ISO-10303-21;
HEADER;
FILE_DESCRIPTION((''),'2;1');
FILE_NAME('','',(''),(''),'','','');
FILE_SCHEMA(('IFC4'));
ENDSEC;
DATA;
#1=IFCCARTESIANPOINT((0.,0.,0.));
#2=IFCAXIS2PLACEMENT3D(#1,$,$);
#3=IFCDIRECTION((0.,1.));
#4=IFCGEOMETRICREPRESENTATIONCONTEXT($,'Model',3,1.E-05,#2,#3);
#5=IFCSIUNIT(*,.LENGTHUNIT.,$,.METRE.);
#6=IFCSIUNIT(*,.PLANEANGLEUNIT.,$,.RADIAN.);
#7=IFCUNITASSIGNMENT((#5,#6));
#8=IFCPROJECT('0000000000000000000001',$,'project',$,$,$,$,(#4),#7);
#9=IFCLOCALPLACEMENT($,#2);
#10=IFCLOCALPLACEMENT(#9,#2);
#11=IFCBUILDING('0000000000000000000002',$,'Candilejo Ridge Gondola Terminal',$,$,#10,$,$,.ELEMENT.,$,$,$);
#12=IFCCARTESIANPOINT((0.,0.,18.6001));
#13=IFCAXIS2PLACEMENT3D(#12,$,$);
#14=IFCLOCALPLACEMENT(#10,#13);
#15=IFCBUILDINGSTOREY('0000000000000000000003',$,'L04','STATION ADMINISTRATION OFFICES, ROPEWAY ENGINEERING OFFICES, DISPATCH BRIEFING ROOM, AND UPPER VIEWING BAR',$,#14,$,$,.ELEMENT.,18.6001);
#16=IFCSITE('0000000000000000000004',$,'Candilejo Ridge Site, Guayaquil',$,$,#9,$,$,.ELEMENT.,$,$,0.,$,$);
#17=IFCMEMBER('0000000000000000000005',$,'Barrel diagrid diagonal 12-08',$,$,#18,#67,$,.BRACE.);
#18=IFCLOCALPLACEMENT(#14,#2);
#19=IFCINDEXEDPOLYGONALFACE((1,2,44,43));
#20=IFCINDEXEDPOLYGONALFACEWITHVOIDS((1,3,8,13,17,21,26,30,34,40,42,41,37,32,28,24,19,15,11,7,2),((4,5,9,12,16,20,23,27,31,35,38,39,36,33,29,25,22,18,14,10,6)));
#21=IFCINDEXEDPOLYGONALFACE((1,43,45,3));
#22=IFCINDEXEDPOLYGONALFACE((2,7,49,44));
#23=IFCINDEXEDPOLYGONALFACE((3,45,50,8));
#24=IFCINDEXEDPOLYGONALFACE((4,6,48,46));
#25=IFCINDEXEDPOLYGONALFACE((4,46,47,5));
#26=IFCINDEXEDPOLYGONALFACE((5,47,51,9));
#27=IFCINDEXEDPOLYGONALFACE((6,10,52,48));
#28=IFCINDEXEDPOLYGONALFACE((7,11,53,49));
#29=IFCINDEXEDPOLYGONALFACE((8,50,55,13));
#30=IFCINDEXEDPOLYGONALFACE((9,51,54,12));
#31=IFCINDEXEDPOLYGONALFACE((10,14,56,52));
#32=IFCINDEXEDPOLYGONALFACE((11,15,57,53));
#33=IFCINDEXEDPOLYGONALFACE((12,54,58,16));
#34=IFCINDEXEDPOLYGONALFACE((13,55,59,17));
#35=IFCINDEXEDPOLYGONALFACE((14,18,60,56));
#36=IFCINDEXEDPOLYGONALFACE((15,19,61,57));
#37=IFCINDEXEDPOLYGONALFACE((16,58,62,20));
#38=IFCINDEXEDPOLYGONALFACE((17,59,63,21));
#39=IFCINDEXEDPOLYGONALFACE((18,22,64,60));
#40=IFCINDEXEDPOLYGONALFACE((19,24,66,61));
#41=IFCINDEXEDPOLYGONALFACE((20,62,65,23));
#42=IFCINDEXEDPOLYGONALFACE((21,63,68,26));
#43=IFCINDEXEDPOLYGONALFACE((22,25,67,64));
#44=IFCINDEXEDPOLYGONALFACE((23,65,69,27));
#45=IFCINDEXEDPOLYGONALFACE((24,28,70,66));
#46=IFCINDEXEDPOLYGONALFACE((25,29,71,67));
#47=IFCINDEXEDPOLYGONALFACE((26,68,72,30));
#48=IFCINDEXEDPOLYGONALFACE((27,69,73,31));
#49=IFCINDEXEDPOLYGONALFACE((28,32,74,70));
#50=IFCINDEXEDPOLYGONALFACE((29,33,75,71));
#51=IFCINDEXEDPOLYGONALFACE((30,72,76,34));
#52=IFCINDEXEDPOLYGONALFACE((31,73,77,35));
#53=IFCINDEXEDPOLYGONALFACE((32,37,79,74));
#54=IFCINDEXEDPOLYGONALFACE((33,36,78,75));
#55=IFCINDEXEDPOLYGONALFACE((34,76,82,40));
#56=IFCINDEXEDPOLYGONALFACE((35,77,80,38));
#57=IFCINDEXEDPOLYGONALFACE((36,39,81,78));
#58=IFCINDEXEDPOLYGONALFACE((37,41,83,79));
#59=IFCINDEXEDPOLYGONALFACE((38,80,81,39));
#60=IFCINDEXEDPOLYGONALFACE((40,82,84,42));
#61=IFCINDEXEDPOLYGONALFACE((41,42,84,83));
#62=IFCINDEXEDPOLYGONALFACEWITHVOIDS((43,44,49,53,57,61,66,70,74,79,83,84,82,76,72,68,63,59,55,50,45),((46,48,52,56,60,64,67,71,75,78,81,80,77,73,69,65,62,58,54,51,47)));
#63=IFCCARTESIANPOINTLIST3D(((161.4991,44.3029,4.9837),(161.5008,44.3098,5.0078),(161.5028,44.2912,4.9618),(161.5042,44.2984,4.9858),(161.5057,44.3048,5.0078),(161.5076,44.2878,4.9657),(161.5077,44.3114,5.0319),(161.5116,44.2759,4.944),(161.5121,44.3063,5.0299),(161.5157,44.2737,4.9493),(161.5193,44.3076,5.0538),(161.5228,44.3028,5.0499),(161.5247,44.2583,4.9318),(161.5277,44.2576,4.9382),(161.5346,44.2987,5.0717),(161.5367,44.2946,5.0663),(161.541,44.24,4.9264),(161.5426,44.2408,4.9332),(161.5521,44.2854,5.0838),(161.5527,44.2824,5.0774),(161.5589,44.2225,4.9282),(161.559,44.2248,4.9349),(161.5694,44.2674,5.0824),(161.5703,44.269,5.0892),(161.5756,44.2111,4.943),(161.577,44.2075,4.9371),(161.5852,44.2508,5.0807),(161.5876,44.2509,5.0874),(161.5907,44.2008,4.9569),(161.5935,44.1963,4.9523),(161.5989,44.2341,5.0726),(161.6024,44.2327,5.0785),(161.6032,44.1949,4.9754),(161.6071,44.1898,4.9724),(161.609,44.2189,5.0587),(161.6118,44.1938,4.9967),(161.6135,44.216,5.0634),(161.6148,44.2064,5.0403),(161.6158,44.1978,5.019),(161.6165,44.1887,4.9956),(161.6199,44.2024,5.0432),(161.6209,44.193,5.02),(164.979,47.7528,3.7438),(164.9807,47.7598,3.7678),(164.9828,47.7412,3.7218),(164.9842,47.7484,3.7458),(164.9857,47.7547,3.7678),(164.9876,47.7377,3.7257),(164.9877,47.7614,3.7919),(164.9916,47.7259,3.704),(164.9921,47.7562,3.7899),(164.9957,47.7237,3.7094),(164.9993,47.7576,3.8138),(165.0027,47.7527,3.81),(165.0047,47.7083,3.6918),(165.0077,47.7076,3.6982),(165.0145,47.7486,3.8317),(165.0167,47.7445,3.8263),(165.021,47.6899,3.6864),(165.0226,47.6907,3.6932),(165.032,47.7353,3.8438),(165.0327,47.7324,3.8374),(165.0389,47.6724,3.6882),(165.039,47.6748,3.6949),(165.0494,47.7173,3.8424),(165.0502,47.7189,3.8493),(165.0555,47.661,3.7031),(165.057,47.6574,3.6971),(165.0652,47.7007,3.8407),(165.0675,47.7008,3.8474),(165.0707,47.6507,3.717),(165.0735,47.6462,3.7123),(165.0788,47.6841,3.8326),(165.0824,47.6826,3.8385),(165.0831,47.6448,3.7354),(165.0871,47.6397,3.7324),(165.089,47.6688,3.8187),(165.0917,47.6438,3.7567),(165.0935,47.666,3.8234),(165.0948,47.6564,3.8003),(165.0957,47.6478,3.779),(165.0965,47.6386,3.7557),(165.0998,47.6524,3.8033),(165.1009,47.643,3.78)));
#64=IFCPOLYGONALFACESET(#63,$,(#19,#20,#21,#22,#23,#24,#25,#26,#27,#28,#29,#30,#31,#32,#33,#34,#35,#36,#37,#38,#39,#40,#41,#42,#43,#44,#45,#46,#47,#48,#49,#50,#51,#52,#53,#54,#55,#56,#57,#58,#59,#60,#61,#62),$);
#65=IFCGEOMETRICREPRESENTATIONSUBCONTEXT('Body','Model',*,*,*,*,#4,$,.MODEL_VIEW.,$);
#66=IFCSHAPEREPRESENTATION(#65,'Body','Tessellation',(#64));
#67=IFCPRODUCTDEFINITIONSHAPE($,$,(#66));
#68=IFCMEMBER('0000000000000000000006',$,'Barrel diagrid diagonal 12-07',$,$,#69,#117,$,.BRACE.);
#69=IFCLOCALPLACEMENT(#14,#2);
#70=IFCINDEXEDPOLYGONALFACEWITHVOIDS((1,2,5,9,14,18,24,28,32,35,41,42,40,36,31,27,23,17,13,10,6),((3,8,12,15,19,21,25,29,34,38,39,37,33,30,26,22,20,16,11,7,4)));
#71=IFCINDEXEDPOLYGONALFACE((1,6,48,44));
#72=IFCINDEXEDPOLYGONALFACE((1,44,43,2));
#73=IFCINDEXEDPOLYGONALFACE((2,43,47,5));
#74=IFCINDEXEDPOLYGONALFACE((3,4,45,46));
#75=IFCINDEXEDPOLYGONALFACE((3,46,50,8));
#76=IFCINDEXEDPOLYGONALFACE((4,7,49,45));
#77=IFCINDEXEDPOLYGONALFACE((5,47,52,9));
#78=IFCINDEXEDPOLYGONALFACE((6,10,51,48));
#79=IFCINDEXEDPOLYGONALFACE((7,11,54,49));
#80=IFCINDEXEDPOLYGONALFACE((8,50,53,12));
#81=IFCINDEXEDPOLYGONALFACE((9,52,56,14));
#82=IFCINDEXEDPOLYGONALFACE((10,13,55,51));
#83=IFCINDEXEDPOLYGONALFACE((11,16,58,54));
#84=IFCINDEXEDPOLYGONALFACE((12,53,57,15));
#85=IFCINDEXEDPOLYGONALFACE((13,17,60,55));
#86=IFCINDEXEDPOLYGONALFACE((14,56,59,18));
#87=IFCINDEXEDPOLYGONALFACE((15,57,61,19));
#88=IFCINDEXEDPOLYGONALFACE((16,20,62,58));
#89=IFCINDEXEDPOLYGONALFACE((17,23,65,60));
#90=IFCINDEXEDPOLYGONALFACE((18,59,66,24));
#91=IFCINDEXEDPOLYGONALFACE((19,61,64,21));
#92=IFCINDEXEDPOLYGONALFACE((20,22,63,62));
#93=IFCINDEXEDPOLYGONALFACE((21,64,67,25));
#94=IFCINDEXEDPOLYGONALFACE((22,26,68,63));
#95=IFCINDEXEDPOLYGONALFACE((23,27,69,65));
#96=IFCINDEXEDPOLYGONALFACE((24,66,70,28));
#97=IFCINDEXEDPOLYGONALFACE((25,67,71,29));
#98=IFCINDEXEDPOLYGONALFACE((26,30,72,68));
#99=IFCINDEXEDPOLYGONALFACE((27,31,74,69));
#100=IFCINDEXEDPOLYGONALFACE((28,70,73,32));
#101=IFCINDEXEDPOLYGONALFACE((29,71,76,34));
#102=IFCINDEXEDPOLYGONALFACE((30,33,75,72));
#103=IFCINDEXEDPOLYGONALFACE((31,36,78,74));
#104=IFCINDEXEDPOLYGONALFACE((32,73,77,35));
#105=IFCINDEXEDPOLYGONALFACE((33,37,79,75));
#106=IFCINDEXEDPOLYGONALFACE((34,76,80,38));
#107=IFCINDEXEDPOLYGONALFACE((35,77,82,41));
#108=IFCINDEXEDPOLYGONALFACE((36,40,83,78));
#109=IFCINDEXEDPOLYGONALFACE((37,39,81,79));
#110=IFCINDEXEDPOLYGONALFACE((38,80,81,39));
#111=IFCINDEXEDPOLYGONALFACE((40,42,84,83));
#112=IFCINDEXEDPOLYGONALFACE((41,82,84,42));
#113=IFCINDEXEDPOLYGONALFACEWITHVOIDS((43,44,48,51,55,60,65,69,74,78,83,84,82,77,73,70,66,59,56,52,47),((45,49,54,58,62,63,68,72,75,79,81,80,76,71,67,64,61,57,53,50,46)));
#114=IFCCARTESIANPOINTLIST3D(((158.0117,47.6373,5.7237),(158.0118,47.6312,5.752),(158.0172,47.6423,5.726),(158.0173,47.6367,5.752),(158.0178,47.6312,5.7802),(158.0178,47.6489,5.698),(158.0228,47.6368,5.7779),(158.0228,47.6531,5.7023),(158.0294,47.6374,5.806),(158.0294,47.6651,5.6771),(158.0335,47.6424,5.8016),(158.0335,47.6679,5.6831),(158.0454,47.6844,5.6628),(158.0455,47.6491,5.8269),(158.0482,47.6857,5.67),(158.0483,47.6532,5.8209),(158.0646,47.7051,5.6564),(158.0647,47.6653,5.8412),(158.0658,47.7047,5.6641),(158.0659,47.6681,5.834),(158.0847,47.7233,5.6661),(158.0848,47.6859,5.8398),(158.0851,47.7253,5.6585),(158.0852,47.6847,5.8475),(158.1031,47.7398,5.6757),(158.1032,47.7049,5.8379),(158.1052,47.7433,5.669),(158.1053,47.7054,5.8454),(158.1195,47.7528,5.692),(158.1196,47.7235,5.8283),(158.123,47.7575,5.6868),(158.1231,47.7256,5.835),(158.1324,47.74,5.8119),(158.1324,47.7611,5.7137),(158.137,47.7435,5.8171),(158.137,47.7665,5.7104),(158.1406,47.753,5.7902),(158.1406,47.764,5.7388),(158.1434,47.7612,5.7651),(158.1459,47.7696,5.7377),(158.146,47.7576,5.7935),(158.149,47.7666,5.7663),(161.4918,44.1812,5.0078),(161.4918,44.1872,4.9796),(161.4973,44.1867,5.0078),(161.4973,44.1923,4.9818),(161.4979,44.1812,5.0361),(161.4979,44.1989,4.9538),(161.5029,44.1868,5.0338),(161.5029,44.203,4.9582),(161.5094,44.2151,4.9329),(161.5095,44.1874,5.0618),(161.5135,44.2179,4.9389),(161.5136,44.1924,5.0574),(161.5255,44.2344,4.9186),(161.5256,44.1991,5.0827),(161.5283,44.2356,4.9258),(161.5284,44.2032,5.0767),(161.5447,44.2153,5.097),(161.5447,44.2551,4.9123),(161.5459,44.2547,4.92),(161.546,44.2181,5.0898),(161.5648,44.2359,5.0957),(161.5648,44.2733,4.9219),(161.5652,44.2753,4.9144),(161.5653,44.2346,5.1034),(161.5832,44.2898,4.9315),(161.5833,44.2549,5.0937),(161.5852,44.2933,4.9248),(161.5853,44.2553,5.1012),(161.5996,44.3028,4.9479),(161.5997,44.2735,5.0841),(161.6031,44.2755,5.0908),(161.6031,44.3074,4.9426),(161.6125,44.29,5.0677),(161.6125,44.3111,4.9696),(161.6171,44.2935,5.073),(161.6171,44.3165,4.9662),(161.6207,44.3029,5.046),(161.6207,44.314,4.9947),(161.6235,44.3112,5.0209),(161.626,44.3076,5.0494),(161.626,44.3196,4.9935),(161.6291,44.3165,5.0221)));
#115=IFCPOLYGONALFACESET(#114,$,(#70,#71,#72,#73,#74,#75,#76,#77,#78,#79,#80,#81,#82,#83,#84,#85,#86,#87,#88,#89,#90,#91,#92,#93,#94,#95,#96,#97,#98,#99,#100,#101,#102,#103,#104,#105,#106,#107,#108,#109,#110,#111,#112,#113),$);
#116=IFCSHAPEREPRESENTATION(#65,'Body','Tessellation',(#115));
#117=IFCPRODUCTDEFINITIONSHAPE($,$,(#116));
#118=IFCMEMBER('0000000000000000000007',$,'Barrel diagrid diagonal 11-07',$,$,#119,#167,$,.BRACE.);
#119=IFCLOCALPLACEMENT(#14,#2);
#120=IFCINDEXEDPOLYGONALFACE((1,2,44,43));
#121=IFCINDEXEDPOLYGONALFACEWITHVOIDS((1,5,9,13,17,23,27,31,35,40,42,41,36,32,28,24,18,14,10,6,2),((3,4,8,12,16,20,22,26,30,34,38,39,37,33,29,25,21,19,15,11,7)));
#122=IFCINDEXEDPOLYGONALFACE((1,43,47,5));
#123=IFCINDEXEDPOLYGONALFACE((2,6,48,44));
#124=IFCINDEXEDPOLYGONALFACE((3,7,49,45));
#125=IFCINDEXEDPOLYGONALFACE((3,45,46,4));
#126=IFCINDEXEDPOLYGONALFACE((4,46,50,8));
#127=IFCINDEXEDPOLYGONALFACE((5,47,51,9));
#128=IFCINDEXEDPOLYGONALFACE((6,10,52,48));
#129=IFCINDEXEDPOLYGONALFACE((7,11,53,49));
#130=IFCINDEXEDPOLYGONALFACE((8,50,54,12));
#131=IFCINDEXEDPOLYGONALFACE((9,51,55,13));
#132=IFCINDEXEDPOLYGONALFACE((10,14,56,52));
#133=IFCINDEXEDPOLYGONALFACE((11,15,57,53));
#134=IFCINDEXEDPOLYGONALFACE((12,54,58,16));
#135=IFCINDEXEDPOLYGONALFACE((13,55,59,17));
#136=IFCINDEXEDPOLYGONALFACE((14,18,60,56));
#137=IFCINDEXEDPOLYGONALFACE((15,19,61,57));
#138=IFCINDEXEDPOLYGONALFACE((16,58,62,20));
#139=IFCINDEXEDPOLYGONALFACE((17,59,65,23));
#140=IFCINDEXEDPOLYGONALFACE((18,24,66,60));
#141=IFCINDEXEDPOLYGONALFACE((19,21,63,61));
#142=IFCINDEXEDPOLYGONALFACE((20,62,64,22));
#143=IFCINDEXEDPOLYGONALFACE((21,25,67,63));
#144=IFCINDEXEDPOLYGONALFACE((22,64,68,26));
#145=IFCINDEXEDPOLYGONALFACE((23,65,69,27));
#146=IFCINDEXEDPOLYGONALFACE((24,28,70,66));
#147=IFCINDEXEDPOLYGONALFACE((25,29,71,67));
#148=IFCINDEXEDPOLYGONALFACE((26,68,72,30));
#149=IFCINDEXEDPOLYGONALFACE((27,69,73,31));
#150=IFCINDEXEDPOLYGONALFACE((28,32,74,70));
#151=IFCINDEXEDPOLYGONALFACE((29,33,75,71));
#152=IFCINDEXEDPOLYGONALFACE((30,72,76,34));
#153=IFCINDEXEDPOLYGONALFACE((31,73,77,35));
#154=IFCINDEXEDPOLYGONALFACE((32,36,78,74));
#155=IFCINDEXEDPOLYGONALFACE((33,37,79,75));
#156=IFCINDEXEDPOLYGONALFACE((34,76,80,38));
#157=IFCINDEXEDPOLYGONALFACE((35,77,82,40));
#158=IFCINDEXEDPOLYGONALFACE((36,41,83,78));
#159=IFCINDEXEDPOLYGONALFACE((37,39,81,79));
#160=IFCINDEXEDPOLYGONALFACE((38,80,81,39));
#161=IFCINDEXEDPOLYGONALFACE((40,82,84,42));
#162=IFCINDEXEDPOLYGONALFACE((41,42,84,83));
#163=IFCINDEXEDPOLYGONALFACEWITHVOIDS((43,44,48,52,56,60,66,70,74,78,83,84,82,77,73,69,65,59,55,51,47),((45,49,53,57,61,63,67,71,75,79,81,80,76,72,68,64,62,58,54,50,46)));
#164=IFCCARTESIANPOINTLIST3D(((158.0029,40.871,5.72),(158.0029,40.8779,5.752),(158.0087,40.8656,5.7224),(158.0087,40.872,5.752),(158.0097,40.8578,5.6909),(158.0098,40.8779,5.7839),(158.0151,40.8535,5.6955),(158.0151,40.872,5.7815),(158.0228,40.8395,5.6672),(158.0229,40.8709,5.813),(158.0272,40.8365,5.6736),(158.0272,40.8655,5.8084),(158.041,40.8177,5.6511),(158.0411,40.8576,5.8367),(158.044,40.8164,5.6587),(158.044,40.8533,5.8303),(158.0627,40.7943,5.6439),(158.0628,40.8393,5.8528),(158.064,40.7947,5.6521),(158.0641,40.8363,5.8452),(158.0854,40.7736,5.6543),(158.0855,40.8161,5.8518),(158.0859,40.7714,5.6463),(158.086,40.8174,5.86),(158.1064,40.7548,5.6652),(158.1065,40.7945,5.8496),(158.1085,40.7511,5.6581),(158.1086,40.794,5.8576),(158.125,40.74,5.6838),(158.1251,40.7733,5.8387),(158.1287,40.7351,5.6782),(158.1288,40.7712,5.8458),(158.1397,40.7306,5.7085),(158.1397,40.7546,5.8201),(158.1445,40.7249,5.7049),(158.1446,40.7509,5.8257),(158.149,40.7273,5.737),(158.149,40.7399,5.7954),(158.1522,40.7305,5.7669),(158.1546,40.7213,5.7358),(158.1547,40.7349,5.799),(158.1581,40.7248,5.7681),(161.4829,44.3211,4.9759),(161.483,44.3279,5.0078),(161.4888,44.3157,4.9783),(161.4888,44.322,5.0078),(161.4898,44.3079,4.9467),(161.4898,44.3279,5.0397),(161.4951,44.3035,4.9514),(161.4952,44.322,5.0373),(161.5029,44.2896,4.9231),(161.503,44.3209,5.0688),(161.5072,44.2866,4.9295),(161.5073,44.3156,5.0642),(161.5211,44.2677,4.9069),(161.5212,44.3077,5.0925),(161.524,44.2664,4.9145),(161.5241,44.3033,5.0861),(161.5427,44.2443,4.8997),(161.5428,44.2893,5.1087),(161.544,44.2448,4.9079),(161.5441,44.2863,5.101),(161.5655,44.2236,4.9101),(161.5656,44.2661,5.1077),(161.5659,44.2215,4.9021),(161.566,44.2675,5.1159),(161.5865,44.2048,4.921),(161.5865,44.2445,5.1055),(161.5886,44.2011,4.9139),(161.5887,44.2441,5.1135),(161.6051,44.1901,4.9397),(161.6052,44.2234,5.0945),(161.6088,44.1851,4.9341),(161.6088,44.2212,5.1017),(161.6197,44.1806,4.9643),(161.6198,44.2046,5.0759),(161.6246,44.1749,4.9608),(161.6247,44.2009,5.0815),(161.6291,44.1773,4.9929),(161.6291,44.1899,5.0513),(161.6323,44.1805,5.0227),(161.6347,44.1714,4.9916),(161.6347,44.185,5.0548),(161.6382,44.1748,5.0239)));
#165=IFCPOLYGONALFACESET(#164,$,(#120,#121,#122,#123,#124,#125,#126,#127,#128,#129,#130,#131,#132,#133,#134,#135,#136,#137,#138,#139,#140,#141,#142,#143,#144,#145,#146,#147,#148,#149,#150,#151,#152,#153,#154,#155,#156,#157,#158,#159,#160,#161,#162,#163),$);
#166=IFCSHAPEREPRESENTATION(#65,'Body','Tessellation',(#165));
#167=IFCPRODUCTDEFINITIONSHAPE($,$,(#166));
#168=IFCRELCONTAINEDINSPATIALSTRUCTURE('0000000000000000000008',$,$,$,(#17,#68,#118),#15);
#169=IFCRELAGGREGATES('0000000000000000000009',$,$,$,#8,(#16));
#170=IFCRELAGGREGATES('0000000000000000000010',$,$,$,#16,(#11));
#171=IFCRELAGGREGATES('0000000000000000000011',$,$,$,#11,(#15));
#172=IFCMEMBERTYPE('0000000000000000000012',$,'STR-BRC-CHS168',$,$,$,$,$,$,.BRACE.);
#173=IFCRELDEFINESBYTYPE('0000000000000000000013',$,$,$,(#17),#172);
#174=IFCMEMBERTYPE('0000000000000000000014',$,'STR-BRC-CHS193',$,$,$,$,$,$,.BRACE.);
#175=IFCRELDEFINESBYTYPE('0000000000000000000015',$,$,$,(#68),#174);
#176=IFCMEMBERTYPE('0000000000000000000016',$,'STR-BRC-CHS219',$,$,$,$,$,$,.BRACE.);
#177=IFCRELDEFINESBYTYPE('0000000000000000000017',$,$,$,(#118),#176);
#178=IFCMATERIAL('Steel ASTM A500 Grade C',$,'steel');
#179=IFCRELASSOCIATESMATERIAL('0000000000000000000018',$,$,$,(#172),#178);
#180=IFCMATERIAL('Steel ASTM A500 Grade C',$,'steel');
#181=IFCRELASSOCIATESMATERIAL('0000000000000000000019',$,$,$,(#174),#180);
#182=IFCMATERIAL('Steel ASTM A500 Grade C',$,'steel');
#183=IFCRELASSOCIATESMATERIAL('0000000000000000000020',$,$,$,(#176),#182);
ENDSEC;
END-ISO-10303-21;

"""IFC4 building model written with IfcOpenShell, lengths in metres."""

from ifc_helpers import new_model, si_unit, direction, frame, origin, origin_2d, place, context, subcontext, project, spatial, hollow_circle, extrude, material, material_profile, profile_set, type_object, element, save


model = new_model("IFC4")

# Units and contexts
model_context = context("Model", 3, precision=1e-05, world=origin(), true_north=direction((0.0, 1.0)))
body_context = subcontext(model_context, "Body", "Model", "MODEL_VIEW")
ifc_project = project(units=[si_unit("LENGTHUNIT", "METRE"), si_unit("PLANEANGLEUNIT", "RADIAN")], contexts=[model_context])

# Site, building, storey
site_placement = place(None, origin())
site = spatial("IfcSite", under=ifc_project, at=site_placement, Name="Candilejo Ridge Site, Guayaquil", CompositionType="ELEMENT", RefElevation=0.0)
building_placement = place(site_placement, origin())
building = spatial("IfcBuilding", under=site, at=building_placement, Name="Candilejo Ridge Gondola Terminal", CompositionType="ELEMENT")
storey_placement = place(building_placement, frame((0.0, 0.0, 18.6001)))
storey = spatial("IfcBuildingStorey", under=building, at=storey_placement, Name="L04", Description="STATION ADMINISTRATION OFFICES, ROPEWAY ENGINEERING OFFICES, DISPATCH BRIEFING ROOM, AND UPPER VIEWING BAR", CompositionType="ELEMENT", Elevation=18.6001)

# Members
ifc_material_1 = material(Name="Steel ASTM A500 Grade C", Category="steel")
ifc_material_profile_1 = material_profile(ifc_material_1, hollow_circle(Radius=0.0842, WallThickness=0.0071, at=origin_2d()))
ifc_profile_set_1 = profile_set([ifc_material_profile_1], Name="Steel ASTM A500 Grade C")
member_type_1 = type_object("IfcMemberType", Name="STR-BRC-CHS168", PredefinedType="BRACE", material=ifc_profile_set_1)
member_1_placement = place(storey_placement, frame((161.5601, 44.25, 5.0078), z_axis=(0.688464, 0.682523, -0.245314), x_axis=(-0.704036, 0.710164, 0.0)))
element("IfcMember", 1, at=member_1_placement, inside=storey, type_object=member_type_1, Name="Barrel diagrid diagonal 12-08", PredefinedType="BRACE", context=body_context, shape_type="SweptSolid", body=[
    extrude(hollow_circle(Radius=0.0842, WallThickness=0.0071, at=origin_2d()), origin(), (0.0, 0.0, 1.0), 5.0547),
])
ifc_material_2 = material(Name="Steel ASTM A500 Grade C", Category="steel")
ifc_material_profile_2 = material_profile(ifc_material_2, hollow_circle(Radius=0.0969, WallThickness=0.0078, at=origin_2d()))
ifc_profile_set_2 = profile_set([ifc_material_profile_2], Name="Steel ASTM A500 Grade C")
member_type_2 = type_object("IfcMemberType", Name="STR-BRC-CHS193", PredefinedType="BRACE", material=ifc_profile_set_2)
member_2_placement = place(storey_placement, frame((161.5601, 44.25, 5.0078), z_axis=(-0.702115, 0.696056, 0.150136), x_axis=(-0.704036, -0.710164, 0.0)))
element("IfcMember", 2, at=member_2_placement, inside=storey, type_object=member_type_2, Name="Barrel diagrid diagonal 12-07", PredefinedType="BRACE", context=body_context, shape_type="SweptSolid", body=[
    extrude(hollow_circle(Radius=0.0969, WallThickness=0.0078, at=origin_2d()), origin(), (0.0, 0.0, 1.0), 4.9565),
])
ifc_material_3 = material(Name="Steel ASTM A500 Grade C", Category="steel")
ifc_material_profile_3 = material_profile(ifc_material_3, hollow_circle(Radius=0.1096, WallThickness=0.0083, at=origin_2d()))
ifc_profile_set_3 = profile_set([ifc_material_profile_3], Name="Steel ASTM A500 Grade C")
member_type_3 = type_object("IfcMemberType", Name="STR-BRC-CHS219", PredefinedType="BRACE", material=ifc_profile_set_3)
member_3_placement = place(storey_placement, frame((158.0801, 40.8, 5.752), z_axis=(0.702115, 0.696056, -0.150136), x_axis=(-0.704036, 0.710164, 0.0)))
element("IfcMember", 3, at=member_3_placement, inside=storey, type_object=member_type_3, Name="Barrel diagrid diagonal 11-07", PredefinedType="BRACE", context=body_context, shape_type="SweptSolid", body=[
    extrude(hollow_circle(Radius=0.1096, WallThickness=0.0083, at=origin_2d()), origin(), (0.0, 0.0, 1.0), 4.9565),
])

save(model, "model.ifc")
